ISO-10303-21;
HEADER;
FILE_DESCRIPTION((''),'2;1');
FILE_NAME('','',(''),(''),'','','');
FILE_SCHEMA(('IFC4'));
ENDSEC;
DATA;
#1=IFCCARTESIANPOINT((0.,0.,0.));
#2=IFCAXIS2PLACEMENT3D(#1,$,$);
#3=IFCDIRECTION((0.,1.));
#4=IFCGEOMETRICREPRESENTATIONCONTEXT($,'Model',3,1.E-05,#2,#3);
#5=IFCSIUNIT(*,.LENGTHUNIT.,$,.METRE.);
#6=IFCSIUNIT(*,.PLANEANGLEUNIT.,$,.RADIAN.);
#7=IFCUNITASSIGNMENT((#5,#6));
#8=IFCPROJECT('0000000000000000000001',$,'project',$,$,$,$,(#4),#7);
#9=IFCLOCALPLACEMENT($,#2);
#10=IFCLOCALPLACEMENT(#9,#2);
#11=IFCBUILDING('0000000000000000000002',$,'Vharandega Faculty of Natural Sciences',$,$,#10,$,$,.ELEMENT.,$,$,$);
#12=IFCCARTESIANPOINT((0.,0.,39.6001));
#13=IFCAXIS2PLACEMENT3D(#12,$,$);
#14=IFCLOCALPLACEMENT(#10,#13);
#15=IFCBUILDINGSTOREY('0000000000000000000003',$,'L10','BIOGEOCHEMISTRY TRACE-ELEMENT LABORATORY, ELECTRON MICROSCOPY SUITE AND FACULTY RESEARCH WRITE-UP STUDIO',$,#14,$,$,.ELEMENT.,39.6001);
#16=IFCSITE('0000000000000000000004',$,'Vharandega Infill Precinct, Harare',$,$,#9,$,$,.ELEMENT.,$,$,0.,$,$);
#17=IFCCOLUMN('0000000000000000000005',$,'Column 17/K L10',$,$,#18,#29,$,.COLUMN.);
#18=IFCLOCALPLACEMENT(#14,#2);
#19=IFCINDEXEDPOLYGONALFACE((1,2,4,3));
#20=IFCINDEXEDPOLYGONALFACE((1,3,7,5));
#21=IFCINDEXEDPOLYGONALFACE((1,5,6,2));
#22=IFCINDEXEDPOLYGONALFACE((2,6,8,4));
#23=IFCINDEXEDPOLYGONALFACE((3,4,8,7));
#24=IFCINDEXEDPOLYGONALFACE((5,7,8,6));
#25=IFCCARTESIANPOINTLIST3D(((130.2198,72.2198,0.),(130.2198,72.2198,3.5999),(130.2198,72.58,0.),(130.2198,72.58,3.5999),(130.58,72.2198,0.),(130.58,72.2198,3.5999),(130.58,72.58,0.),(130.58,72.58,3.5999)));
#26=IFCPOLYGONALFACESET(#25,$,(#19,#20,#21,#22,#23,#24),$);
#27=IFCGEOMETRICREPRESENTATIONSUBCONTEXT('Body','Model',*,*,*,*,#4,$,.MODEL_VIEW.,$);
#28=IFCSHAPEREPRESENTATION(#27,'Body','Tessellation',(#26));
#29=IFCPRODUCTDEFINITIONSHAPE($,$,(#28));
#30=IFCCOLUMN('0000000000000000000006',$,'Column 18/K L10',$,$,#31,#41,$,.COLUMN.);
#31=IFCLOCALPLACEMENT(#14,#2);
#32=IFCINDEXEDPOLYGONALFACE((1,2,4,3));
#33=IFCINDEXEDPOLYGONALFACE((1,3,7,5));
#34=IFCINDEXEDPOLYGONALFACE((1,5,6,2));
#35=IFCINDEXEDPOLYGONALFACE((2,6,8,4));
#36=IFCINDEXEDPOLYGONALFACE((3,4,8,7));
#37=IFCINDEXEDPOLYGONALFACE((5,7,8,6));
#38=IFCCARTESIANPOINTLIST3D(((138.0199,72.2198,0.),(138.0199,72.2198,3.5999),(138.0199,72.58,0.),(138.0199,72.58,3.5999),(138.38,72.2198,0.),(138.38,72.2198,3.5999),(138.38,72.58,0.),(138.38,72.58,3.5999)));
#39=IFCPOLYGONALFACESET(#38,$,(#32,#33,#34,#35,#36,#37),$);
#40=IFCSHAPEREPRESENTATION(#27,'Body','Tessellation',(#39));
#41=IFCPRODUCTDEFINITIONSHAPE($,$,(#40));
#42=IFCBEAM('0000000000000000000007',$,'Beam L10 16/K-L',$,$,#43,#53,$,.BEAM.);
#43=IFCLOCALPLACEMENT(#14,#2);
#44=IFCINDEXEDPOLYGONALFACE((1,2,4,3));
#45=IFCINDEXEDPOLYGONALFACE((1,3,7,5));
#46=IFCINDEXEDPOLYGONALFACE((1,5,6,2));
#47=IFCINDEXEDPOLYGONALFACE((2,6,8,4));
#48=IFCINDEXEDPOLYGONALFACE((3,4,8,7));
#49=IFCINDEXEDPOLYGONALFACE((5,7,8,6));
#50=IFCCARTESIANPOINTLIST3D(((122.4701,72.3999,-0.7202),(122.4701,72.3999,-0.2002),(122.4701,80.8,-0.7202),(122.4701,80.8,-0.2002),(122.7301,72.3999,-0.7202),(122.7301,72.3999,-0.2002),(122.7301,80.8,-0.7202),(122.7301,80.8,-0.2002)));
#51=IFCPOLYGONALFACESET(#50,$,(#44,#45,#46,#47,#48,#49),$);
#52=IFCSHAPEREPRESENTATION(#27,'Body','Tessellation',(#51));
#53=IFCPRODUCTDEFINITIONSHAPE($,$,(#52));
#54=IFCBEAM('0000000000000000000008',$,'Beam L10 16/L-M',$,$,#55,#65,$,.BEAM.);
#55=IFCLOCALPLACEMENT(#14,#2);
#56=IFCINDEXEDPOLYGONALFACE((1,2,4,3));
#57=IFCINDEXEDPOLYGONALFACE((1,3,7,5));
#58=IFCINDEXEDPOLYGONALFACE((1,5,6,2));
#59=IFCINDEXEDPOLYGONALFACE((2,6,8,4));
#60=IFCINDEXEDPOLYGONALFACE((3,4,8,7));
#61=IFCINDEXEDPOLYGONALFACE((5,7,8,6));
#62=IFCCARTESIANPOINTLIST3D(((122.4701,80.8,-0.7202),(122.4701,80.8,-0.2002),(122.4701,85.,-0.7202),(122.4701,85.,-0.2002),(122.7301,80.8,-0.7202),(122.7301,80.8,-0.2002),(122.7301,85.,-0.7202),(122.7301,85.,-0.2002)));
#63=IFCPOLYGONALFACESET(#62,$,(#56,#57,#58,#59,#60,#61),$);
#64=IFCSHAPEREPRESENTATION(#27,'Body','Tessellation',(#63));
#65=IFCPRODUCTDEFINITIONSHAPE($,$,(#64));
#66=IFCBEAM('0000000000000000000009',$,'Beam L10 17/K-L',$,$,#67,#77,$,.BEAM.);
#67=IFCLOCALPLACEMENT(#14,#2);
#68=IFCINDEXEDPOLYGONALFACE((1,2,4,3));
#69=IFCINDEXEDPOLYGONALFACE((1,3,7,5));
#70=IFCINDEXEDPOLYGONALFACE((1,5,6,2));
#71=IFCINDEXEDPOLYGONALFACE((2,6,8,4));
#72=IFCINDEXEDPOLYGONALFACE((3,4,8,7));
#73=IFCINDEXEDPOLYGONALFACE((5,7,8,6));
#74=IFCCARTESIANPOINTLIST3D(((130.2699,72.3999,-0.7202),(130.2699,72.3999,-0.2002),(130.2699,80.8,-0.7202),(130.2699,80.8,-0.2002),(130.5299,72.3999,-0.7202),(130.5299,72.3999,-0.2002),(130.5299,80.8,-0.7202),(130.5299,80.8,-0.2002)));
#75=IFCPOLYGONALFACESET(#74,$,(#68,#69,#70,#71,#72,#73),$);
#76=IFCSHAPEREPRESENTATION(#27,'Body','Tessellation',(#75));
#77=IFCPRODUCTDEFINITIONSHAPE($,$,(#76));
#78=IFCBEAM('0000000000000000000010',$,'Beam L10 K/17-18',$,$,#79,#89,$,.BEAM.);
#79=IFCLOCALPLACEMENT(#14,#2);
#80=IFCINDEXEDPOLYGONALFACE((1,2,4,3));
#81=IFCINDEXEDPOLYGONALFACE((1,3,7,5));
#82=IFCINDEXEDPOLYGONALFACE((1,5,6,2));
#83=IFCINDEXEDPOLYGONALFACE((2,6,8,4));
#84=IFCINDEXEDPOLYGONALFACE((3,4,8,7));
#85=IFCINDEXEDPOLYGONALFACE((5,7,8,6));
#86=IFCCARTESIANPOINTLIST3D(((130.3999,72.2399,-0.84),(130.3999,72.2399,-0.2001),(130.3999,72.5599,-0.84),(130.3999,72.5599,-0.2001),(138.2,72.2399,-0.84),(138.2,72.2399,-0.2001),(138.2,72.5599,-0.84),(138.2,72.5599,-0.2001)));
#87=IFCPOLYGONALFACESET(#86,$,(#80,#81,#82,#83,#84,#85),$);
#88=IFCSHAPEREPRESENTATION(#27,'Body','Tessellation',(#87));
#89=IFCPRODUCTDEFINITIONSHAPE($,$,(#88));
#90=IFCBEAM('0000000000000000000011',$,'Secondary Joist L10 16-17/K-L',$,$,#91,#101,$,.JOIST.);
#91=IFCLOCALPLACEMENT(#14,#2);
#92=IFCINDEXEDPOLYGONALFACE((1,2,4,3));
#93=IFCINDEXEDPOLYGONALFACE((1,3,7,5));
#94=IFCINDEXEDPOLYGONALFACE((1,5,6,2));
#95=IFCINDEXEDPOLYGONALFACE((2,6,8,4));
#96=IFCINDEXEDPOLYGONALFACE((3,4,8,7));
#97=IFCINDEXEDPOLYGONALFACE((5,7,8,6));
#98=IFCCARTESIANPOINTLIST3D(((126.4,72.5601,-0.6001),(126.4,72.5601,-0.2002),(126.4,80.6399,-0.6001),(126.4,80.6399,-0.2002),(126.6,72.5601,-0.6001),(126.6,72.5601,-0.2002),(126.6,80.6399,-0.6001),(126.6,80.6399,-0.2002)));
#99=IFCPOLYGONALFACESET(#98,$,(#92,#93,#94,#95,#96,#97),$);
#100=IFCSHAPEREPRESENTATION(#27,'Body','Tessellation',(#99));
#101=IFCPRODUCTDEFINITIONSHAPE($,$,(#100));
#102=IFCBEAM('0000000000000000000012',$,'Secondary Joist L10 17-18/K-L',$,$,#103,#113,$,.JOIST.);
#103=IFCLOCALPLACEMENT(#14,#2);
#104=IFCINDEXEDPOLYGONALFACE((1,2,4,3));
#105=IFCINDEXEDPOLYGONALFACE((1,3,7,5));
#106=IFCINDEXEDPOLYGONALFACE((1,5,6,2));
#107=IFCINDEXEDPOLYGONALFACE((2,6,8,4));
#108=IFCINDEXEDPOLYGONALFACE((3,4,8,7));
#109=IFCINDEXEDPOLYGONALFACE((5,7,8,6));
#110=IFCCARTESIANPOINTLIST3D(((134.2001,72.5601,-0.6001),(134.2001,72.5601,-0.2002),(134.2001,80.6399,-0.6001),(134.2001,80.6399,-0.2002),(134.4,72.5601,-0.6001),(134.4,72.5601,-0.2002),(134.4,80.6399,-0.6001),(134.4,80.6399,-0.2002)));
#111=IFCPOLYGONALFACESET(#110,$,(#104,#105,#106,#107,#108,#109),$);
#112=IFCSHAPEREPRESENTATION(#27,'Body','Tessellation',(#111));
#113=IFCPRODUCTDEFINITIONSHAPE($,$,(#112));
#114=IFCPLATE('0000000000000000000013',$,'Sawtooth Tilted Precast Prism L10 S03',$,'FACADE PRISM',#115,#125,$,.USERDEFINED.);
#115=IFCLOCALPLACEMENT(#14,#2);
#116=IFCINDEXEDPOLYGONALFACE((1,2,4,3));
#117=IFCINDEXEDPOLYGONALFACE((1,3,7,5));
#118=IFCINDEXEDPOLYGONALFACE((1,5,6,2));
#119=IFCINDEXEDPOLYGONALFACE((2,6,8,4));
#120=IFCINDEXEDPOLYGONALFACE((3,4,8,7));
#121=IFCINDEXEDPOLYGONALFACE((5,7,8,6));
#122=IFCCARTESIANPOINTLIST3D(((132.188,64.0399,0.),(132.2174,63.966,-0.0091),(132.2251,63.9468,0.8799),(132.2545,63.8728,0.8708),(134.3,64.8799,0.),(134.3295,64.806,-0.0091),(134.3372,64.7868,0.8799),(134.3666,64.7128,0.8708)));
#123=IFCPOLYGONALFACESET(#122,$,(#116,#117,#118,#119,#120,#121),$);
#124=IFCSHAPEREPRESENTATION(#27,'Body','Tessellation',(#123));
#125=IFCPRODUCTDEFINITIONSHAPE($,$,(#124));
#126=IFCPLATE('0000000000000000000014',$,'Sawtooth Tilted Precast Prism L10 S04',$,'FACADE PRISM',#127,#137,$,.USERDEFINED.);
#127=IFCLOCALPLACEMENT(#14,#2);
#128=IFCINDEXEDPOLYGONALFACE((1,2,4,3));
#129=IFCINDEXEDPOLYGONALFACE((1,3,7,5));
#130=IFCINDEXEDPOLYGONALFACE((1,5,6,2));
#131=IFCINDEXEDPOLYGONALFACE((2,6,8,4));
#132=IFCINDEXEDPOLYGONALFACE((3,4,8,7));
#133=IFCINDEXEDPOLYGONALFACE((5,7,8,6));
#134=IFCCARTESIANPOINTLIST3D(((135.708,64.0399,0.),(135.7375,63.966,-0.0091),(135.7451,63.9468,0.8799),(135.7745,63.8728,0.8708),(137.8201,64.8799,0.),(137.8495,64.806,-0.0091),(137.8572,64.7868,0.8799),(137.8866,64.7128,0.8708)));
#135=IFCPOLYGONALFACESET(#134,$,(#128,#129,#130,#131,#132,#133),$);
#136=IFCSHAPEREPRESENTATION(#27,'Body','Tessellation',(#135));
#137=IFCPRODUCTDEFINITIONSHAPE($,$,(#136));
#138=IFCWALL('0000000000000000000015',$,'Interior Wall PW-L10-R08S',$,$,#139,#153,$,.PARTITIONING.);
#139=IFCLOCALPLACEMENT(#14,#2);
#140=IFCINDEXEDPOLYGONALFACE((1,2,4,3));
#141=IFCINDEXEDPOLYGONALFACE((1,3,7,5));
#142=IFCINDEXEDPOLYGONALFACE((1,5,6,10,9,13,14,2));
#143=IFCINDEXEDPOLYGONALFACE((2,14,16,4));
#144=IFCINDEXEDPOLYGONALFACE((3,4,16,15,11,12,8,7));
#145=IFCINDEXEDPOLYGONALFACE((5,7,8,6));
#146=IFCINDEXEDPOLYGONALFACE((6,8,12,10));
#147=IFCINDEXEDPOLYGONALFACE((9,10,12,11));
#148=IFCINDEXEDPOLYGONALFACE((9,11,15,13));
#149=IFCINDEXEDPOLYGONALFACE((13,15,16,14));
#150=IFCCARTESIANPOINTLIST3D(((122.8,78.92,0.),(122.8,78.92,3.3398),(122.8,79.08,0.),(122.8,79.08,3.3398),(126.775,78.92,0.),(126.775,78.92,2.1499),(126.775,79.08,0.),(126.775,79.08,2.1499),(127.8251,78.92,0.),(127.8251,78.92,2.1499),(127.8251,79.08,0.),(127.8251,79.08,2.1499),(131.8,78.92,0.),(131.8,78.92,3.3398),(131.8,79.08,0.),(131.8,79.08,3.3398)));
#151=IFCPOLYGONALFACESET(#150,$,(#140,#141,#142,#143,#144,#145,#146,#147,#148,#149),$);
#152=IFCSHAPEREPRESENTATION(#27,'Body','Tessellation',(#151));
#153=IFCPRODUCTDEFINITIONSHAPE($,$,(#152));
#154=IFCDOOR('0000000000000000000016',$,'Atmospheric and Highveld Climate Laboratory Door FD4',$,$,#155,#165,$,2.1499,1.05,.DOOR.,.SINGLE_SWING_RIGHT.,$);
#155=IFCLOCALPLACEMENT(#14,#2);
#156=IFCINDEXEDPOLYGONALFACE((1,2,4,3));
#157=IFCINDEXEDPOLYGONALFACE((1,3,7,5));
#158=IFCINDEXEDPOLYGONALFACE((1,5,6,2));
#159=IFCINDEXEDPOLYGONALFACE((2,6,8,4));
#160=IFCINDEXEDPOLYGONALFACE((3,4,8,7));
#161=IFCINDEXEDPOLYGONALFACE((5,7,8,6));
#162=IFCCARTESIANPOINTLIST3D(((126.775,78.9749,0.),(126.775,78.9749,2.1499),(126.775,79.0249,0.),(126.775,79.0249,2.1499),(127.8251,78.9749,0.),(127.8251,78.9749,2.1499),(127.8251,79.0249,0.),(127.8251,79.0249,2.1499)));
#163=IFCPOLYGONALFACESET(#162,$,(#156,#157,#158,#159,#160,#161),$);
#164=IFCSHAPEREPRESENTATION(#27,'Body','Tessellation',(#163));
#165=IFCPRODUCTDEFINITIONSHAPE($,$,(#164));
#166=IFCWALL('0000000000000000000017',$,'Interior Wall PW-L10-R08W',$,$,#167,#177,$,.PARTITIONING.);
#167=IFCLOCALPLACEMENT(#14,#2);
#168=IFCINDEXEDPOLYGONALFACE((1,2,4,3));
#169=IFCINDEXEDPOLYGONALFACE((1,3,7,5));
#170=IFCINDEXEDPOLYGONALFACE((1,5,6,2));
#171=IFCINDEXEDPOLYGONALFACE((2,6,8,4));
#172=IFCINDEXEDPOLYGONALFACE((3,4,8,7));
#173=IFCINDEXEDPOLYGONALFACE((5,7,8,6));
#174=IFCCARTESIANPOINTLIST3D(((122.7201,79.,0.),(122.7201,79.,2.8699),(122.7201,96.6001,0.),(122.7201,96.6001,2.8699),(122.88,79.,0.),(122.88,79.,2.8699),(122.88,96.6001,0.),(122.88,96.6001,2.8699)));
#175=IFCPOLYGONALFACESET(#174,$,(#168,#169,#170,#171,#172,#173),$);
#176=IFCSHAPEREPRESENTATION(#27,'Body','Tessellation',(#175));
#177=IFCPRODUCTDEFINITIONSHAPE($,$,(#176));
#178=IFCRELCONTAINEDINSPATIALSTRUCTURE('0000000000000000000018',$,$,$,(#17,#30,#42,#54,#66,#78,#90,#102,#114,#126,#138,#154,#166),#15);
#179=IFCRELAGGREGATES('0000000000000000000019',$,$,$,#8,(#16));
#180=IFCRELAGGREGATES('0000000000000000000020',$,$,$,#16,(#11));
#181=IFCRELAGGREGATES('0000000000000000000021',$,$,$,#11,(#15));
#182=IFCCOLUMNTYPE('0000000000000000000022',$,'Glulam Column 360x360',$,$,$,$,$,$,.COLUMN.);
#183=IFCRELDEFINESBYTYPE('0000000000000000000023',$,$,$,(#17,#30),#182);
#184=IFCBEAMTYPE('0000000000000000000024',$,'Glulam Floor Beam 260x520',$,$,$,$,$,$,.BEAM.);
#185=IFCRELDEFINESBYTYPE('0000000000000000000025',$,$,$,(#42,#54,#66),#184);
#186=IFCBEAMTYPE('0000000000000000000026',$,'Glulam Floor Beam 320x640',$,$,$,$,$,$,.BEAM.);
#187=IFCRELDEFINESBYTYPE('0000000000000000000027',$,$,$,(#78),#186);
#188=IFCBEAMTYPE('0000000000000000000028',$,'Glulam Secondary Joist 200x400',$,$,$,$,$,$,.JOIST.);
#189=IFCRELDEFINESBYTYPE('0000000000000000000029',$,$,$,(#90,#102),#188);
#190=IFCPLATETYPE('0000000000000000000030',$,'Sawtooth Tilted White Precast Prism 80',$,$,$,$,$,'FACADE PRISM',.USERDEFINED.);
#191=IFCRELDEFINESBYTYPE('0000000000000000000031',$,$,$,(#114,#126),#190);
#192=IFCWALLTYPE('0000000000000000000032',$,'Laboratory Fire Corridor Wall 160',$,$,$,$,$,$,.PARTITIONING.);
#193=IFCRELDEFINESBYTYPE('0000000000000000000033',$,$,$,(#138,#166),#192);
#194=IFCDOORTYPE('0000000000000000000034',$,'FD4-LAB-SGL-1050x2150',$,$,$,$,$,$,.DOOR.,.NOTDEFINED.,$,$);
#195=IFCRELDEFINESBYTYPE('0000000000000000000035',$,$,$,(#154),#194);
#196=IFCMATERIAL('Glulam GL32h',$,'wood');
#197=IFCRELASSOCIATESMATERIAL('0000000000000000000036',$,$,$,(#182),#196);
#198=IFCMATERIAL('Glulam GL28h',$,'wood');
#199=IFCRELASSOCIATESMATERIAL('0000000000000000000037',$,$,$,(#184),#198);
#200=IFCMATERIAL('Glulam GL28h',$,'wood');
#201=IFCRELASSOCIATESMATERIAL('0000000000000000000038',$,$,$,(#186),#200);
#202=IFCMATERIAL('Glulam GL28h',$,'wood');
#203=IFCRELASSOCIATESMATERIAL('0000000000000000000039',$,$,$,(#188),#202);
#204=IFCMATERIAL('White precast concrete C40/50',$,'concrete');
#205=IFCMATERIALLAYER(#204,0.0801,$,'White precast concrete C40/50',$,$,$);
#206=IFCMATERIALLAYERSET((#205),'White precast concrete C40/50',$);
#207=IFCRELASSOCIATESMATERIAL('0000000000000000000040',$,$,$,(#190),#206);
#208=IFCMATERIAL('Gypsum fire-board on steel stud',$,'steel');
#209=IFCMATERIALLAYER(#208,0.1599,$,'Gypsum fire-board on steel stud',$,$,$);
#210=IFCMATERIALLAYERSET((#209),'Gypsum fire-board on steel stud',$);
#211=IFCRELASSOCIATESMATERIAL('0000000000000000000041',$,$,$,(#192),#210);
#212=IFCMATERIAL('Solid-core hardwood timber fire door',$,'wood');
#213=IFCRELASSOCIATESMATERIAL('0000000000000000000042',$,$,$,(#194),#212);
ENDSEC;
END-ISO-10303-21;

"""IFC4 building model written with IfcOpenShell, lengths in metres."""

from ifc_helpers import new_model, si_unit, direction, frame, frame_2d, origin, origin_2d, place, context, subcontext, project, spatial, polyline, rectangle, outline, extrude, material, layer, layer_set, material_profile, profile_set, type_object, element, fill, save


model = new_model("IFC4")

# Units and contexts
model_context = context("Model", 3, precision=1e-05, world=origin(), true_north=direction((0.0, 1.0)))
body_context = subcontext(model_context, "Body", "Model", "MODEL_VIEW")
ifc_project = project(units=[si_unit("LENGTHUNIT", "METRE"), si_unit("PLANEANGLEUNIT", "RADIAN")], contexts=[model_context])

# Site, building, storey
site_placement = place(None, origin())
site = spatial("IfcSite", under=ifc_project, at=site_placement, Name="Vharandega Infill Precinct, Harare", CompositionType="ELEMENT", RefElevation=0.0)
building_placement = place(site_placement, origin())
building = spatial("IfcBuilding", under=site, at=building_placement, Name="Vharandega Faculty of Natural Sciences", CompositionType="ELEMENT")
storey_placement = place(building_placement, frame((0.0, 0.0, 39.6001)))
storey = spatial("IfcBuildingStorey", under=building, at=storey_placement, Name="L10", Description="BIOGEOCHEMISTRY TRACE-ELEMENT LABORATORY, ELECTRON MICROSCOPY SUITE AND FACULTY RESEARCH WRITE-UP STUDIO", CompositionType="ELEMENT", Elevation=39.6001)

# Columns
ifc_material_1 = material(Name="Glulam GL32h", Category="wood")
ifc_material_profile_1 = material_profile(ifc_material_1, rectangle(XDim=0.3601, YDim=0.3601, at=origin_2d()), Name="GL32h 360x360")
ifc_profile_set_1 = profile_set([ifc_material_profile_1], Name="Glulam GL32h")
column_type = type_object("IfcColumnType", Name="Glulam Column 360x360", PredefinedType="COLUMN", material=ifc_profile_set_1)
for number, where, z_axis, x_axis, name in (
    (1, (130.3999, 72.3999, 0.0), (0.0, 0.0, 1.0), (1.0, 0.0, 0.0), "Column 17/K L10"),
    (2, (138.2, 72.3999, 0.0), (0.0, 0.0, 1.0), (1.0, 0.0, 0.0), "Column 18/K L10"),
):
    element("IfcColumn", number, at=place(storey_placement, frame(where, z_axis=z_axis, x_axis=x_axis)), inside=storey, type_object=column_type, Name=name, PredefinedType="COLUMN", context=body_context, shape_type="SweptSolid", body=[
        extrude(rectangle(XDim=0.3601, YDim=0.3601, at=origin_2d()), origin(), (0.0, 0.0, 1.0), 3.5999),
    ])

# Beams
ifc_material_2 = material(Name="Glulam GL28h", Category="wood")
ifc_material_profile_2 = material_profile(ifc_material_2, rectangle(XDim=0.26, YDim=0.52, at=origin_2d()), Name="GL28h 260x520")
ifc_profile_set_2 = profile_set([ifc_material_profile_2], Name="Glulam GL28h")
beam_type_1 = type_object("IfcBeamType", Name="Glulam Floor Beam 260x520", PredefinedType="BEAM", material=ifc_profile_set_2)
beam_1_placement = place(storey_placement, frame((122.6001, 72.3999, -0.4602), z_axis=(0.0, 1.0, 0.0), x_axis=(-1.0, 0.0, 0.0)))
element("IfcBeam", 3, at=beam_1_placement, inside=storey, type_object=beam_type_1, Name="Beam L10 16/K-L", PredefinedType="BEAM", context=body_context, shape_type="SweptSolid", body=[
    extrude(rectangle(XDim=0.26, YDim=0.52, at=origin_2d()), origin(), (0.0, 0.0, 1.0), 8.4001),
])
beam_2_placement = place(storey_placement, frame((122.6001, 80.8, -0.4602), z_axis=(0.0, 1.0, 0.0), x_axis=(-1.0, 0.0, 0.0)))
element("IfcBeam", 4, at=beam_2_placement, inside=storey, type_object=beam_type_1, Name="Beam L10 16/L-M", PredefinedType="BEAM", context=body_context, shape_type="SweptSolid", body=[
    extrude(rectangle(XDim=0.26, YDim=0.52, at=origin_2d()), origin(), (0.0, 0.0, 1.0), 4.2),
])
beam_3_placement = place(storey_placement, frame((130.3999, 72.3999, -0.4602), z_axis=(0.0, 1.0, 0.0), x_axis=(-1.0, 0.0, 0.0)))
element("IfcBeam", 5, at=beam_3_placement, inside=storey, type_object=beam_type_1, Name="Beam L10 17/K-L", PredefinedType="BEAM", context=body_context, shape_type="SweptSolid", body=[
    extrude(rectangle(XDim=0.26, YDim=0.52, at=origin_2d()), origin(), (0.0, 0.0, 1.0), 8.4001),
])
ifc_material_3 = material(Name="Glulam GL28h", Category="wood")
ifc_material_profile_3 = material_profile(ifc_material_3, rectangle(XDim=0.3201, YDim=0.6399, at=origin_2d()), Name="GL28h 320x640")
ifc_profile_set_3 = profile_set([ifc_material_profile_3], Name="Glulam GL28h")
beam_type_2 = type_object("IfcBeamType", Name="Glulam Floor Beam 320x640", PredefinedType="BEAM", material=ifc_profile_set_3)
beam_4_placement = place(storey_placement, frame((130.3999, 72.3999, -0.52), z_axis=(1.0, 0.0, 0.0), x_axis=(0.0, 1.0, 0.0)))
element("IfcBeam", 6, at=beam_4_placement, inside=storey, type_object=beam_type_2, Name="Beam L10 K/17-18", PredefinedType="BEAM", context=body_context, shape_type="SweptSolid", body=[
    extrude(rectangle(XDim=0.3201, YDim=0.6399, at=origin_2d()), origin(), (0.0, 0.0, 1.0), 7.8),
])
ifc_material_4 = material(Name="Glulam GL28h", Category="wood")
ifc_material_profile_4 = material_profile(ifc_material_4, rectangle(XDim=0.2, YDim=0.3999, at=origin_2d()), Name="GL28h 200x400")
ifc_profile_set_4 = profile_set([ifc_material_profile_4], Name="Glulam GL28h")
beam_type_3 = type_object("IfcBeamType", Name="Glulam Secondary Joist 200x400", PredefinedType="JOIST", material=ifc_profile_set_4)
for number, where, z_axis, x_axis, name in (
    (7, (126.5, 72.5601, -0.4001), (0.0, 1.0, 0.0), (-1.0, 0.0, 0.0), "Secondary Joist L10 16-17/K-L"),
    (8, (134.3, 72.5601, -0.4001), (0.0, 1.0, 0.0), (-1.0, 0.0, 0.0), "Secondary Joist L10 17-18/K-L"),
):
    element("IfcBeam", number, at=place(storey_placement, frame(where, z_axis=z_axis, x_axis=x_axis)), inside=storey, type_object=beam_type_3, Name=name, PredefinedType="JOIST", context=body_context, shape_type="SweptSolid", body=[
        extrude(rectangle(XDim=0.2, YDim=0.3999, at=origin_2d()), origin(), (0.0, 0.0, 1.0), 8.0798),
    ])

# Plates
ifc_material_5 = material(Name="White precast concrete C40/50", Category="concrete")
ifc_layer_1 = layer(ifc_material_5, 0.0801, Name="White precast concrete C40/50")
ifc_layer_set_1 = layer_set([ifc_layer_1], Name="White precast concrete C40/50")
plate_type = type_object("IfcPlateType", Name="Sawtooth Tilted White Precast Prism 80", ElementType="FACADE PRISM", PredefinedType="USERDEFINED", material=ifc_layer_set_1)
for number, where, z_axis, x_axis, name in (
    (9, (134.3, 64.8799, 0.0), (-0.367171, 0.923238, 0.113215), (0.041952, -0.105155, 0.993571), "Sawtooth Tilted Precast Prism L10 S03"),
    (10, (137.8201, 64.8799, 0.0), (-0.367171, 0.923238, 0.113215), (0.041952, -0.105155, 0.993571), "Sawtooth Tilted Precast Prism L10 S04"),
):
    element("IfcPlate", number, at=place(storey_placement, frame(where, z_axis=z_axis, x_axis=x_axis)), inside=storey, type_object=plate_type, Name=name, ObjectType="FACADE PRISM", PredefinedType="USERDEFINED", context=body_context, shape_type="SweptSolid", body=[
        extrude(outline(polyline([(0.0, 0.0), (0.8856, 0.0), (0.8853, -2.273), (-0.0003, -2.2729), (0.0, 0.0)])), origin(), (0.0, 0.0, -1.0), 0.0801),
    ])

# Wall, opening, door
ifc_material_6 = material(Name="Gypsum fire-board on steel stud", Category="steel")
ifc_layer_2 = layer(ifc_material_6, 0.1599, Name="Gypsum fire-board on steel stud")
ifc_layer_set_2 = layer_set([ifc_layer_2], Name="Gypsum fire-board on steel stud")
wall_type_1 = type_object("IfcWallType", Name="Laboratory Fire Corridor Wall 160", PredefinedType="PARTITIONING", material=ifc_layer_set_2)
wall_1_placement = place(storey_placement, frame((122.8, 79.0, 0.0), z_axis=(0.0, 0.0, 1.0), x_axis=(1.0, 0.0, 0.0)))
wall_1 = element("IfcWall", 11, at=wall_1_placement, inside=storey, type_object=wall_type_1, Name="Interior Wall PW-L10-R08S", PredefinedType="PARTITIONING", context=body_context, shape_type="SweptSolid", body=[
    extrude(rectangle(XDim=9.0, YDim=0.1599, at=frame_2d((4.5, 0.0))), origin(), (0.0, 0.0, 1.0), 3.3398),
])
opening_1_placement = place(wall_1_placement, frame((3.9751, 0.0, 0.0)))
opening_1 = element("IfcOpeningElement", 12, at=opening_1_placement, cuts=wall_1, PredefinedType="OPENING", context=body_context, shape_type="SweptSolid", body=[
    extrude(rectangle(XDim=1.05, YDim=2.1499, at=frame_2d((0.5249, 1.075))), frame((0.0, 0.0898, 0.0), z_axis=(0.0, -1.0, 0.0), x_axis=(1.0, 0.0, 0.0)), (0.0, 0.0, 1.0), 0.1799),
])
ifc_material_7 = material(Name="Solid-core hardwood timber fire door", Category="wood")
door_type_1 = type_object("IfcDoorType", Name="FD4-LAB-SGL-1050x2150", OperationType="NOTDEFINED", PredefinedType="DOOR", material=ifc_material_7)
door_1_placement = place(opening_1_placement, origin())
door_1 = element("IfcDoor", 13, at=door_1_placement, inside=storey, type_object=door_type_1, Name="Atmospheric and Highveld Climate Laboratory Door FD4", OperationType="SINGLE_SWING_RIGHT", OverallHeight=2.1499, OverallWidth=1.05, PredefinedType="DOOR", context=body_context, shape_type="SweptSolid", body=[
    extrude(rectangle(XDim=1.05, YDim=2.1499, at=frame_2d((0.5249, 1.075))), frame((0.0, 0.0249, 0.0), z_axis=(0.0, -1.0, 0.0), x_axis=(1.0, 0.0, 0.0)), (0.0, 0.0, 1.0), 0.05),
])
fill(opening_1, door_1)

# Wall
wall_2_placement = place(storey_placement, frame((122.8, 79.0, 0.0), z_axis=(0.0, 0.0, 1.0), x_axis=(0.0, 1.0, 0.0)))
element("IfcWall", 14, at=wall_2_placement, inside=storey, type_object=wall_type_1, Name="Interior Wall PW-L10-R08W", PredefinedType="PARTITIONING", context=body_context, shape_type="SweptSolid", body=[
    extrude(rectangle(XDim=17.6001, YDim=0.1599, at=frame_2d((8.8, 0.0))), origin(), (0.0, 0.0, 1.0), 2.8699),
])

save(model, "model.ifc")
